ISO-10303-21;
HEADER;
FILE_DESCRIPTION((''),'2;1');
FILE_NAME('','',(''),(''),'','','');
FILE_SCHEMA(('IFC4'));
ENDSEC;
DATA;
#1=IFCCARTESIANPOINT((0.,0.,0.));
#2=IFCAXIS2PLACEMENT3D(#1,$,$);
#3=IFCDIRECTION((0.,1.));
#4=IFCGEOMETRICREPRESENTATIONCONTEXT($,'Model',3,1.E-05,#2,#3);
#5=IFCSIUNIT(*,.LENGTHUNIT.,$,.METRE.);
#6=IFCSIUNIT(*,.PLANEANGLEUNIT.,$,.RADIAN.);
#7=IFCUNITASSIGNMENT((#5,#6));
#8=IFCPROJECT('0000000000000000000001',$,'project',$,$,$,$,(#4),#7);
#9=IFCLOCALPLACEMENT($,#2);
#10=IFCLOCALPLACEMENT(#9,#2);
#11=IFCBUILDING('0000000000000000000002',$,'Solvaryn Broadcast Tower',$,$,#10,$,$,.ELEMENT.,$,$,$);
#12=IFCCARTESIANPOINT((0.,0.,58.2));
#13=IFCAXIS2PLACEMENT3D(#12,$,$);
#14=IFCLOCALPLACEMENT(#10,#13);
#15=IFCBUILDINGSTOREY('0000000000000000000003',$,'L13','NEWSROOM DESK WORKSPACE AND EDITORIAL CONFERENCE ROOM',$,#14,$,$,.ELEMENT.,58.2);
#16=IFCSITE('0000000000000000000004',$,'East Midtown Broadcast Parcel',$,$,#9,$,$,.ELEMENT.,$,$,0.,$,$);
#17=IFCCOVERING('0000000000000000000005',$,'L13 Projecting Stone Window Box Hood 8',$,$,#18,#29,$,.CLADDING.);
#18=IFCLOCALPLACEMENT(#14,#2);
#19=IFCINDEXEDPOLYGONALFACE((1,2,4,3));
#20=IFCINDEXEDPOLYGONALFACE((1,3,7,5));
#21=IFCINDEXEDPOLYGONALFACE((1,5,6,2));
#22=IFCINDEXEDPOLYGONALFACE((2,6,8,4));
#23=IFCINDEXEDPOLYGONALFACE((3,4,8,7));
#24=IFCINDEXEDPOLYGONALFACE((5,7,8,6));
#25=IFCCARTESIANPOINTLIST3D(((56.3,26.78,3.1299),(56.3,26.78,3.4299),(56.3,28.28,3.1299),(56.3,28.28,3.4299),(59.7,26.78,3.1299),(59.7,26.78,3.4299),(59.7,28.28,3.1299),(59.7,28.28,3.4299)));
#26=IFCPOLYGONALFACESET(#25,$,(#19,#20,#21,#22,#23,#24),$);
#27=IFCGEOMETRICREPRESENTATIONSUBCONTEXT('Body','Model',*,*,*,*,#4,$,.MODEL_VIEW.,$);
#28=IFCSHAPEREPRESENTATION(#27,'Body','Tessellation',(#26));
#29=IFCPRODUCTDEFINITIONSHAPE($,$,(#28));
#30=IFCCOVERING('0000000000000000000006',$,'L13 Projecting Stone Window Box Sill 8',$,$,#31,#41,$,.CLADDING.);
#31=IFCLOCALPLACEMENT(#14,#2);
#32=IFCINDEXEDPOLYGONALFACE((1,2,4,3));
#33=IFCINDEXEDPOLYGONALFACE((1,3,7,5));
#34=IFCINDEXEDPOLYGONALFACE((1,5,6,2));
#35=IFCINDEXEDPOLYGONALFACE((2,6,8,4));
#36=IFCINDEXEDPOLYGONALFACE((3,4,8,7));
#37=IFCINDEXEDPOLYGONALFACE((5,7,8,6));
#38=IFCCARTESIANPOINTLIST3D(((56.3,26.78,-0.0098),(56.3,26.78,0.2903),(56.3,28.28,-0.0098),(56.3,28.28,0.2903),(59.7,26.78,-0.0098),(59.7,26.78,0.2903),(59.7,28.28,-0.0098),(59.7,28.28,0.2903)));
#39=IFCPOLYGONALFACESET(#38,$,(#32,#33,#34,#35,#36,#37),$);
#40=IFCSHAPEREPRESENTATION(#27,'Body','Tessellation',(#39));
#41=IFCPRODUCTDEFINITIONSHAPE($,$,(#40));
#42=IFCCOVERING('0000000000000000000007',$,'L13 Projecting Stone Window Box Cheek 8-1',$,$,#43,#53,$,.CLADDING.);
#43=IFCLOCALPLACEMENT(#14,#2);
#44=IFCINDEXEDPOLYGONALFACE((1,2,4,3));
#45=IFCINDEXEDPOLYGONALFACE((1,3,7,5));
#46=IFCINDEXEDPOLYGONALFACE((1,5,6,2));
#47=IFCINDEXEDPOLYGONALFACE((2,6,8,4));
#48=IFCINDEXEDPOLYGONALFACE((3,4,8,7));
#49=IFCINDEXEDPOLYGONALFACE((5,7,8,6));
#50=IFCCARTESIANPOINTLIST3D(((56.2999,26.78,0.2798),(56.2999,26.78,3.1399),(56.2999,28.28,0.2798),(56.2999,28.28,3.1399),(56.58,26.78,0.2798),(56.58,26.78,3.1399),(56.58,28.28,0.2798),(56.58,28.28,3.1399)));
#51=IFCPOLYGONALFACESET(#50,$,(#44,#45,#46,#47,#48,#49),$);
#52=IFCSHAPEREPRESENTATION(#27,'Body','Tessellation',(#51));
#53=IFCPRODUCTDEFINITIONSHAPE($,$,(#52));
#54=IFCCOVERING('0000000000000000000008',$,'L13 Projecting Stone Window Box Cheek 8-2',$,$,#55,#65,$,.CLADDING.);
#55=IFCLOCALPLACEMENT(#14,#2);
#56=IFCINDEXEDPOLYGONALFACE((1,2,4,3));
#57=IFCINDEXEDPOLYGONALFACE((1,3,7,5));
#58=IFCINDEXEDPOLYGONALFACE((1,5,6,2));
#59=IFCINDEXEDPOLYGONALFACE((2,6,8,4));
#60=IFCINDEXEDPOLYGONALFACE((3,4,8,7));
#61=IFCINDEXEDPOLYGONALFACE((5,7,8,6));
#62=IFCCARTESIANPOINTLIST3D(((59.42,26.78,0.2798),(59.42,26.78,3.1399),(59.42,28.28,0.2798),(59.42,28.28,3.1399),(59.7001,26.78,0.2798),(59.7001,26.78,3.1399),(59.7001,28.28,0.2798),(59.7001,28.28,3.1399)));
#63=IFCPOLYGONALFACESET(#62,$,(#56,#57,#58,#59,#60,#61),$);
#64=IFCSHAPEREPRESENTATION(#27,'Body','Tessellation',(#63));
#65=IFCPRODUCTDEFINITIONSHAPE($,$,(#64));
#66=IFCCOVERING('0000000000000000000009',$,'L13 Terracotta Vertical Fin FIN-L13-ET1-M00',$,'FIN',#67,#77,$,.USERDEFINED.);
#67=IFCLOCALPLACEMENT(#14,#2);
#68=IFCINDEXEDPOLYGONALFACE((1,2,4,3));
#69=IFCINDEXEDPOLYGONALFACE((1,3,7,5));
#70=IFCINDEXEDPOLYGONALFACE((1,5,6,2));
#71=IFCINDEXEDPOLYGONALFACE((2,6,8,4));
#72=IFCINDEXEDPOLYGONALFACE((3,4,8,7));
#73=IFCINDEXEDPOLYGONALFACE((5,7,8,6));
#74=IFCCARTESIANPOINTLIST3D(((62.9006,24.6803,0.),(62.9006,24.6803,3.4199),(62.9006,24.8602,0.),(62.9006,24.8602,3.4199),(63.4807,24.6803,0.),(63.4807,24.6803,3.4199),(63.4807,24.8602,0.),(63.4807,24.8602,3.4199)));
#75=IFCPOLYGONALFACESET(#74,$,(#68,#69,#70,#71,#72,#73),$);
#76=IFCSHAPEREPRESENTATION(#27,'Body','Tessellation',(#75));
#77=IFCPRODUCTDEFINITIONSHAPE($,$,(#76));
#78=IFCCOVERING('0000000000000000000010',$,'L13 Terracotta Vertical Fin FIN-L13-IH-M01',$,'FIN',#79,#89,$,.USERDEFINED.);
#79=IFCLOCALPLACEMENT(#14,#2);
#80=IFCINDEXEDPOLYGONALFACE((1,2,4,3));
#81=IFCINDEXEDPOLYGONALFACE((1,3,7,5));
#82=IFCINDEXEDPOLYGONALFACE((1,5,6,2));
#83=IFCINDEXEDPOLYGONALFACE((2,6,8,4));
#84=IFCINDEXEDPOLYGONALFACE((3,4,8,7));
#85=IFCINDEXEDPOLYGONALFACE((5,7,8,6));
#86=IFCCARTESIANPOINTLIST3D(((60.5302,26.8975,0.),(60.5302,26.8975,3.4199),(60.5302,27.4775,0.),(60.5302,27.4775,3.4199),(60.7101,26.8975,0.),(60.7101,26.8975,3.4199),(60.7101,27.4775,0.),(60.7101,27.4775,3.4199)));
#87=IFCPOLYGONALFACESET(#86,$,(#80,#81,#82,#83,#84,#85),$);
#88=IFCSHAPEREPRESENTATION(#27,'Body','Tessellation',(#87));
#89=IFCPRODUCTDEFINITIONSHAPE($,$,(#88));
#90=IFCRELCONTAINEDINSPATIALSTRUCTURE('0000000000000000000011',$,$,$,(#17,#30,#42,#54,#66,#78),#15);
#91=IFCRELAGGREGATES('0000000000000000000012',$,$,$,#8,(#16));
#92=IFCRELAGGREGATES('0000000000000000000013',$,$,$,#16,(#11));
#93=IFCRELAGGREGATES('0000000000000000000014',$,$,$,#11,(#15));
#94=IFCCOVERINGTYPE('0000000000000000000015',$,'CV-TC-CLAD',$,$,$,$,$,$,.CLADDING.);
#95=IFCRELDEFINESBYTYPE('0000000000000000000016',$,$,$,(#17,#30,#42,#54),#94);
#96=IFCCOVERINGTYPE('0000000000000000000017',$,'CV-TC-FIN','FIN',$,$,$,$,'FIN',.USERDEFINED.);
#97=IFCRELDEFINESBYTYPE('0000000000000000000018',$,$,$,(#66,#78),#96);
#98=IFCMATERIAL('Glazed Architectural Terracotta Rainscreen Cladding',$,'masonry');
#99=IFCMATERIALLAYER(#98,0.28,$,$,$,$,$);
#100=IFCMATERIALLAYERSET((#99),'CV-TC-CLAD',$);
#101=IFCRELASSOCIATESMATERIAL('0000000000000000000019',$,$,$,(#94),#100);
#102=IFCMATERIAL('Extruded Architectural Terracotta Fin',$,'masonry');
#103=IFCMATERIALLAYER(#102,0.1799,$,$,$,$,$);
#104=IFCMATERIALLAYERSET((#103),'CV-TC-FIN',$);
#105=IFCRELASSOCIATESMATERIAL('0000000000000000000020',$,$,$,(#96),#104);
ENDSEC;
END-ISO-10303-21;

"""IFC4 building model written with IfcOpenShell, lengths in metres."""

from ifc_helpers import new_model, si_unit, direction, frame, origin, origin_2d, place, context, subcontext, project, spatial, rectangle, extrude, material, layer, layer_set, type_object, element, save


model = new_model("IFC4")

# Units and contexts
model_context = context("Model", 3, precision=1e-05, world=origin(), true_north=direction((0.0, 1.0)))
body_context = subcontext(model_context, "Body", "Model", "MODEL_VIEW")
ifc_project = project(units=[si_unit("LENGTHUNIT", "METRE"), si_unit("PLANEANGLEUNIT", "RADIAN")], contexts=[model_context])

# Site, building, storey
site_placement = place(None, origin())
site = spatial("IfcSite", under=ifc_project, at=site_placement, Name="East Midtown Broadcast Parcel", CompositionType="ELEMENT", RefElevation=0.0)
building_placement = place(site_placement, origin())
building = spatial("IfcBuilding", under=site, at=building_placement, Name="Solvaryn Broadcast Tower", CompositionType="ELEMENT")
storey_placement = place(building_placement, frame((0.0, 0.0, 58.2)))
storey = spatial("IfcBuildingStorey", under=building, at=storey_placement, Name="L13", Description="NEWSROOM DESK WORKSPACE AND EDITORIAL CONFERENCE ROOM", CompositionType="ELEMENT", Elevation=58.2)

# Coverings
ifc_material_1 = material(Name="Glazed Architectural Terracotta Rainscreen Cladding", Category="masonry")
ifc_layer_1 = layer(ifc_material_1, 0.28)
ifc_layer_set_1 = layer_set([ifc_layer_1], Name="CV-TC-CLAD")
covering_type_1 = type_object("IfcCoveringType", Name="CV-TC-CLAD", PredefinedType="CLADDING", material=ifc_layer_set_1)
for number, where, z_axis, x_axis, name in (
    (1, (58.0, 27.53, 3.1299), (0.0, 0.0, 1.0), (1.0, 0.0, 0.0), "L13 Projecting Stone Window Box Hood 8"),
    (2, (58.0, 27.53, -0.0098), (0.0, 0.0, 1.0), (1.0, 0.0, 0.0), "L13 Projecting Stone Window Box Sill 8"),
):
    element("IfcCovering", number, at=place(storey_placement, frame(where, z_axis=z_axis, x_axis=x_axis)), inside=storey, type_object=covering_type_1, Name=name, PredefinedType="CLADDING", context=body_context, shape_type="SweptSolid", body=[
        extrude(rectangle(XDim=3.3999, YDim=1.5, at=origin_2d()), origin(), (0.0, 0.0, 1.0), 0.3),
    ])
for number, where, z_axis, x_axis, name in (
    (3, (56.4399, 27.53, 0.2798), (0.0, 0.0, 1.0), (1.0, 0.0, 0.0), "L13 Projecting Stone Window Box Cheek 8-1"),
    (4, (59.5601, 27.53, 0.2798), (0.0, 0.0, 1.0), (1.0, 0.0, 0.0), "L13 Projecting Stone Window Box Cheek 8-2"),
):
    element("IfcCovering", number, at=place(storey_placement, frame(where, z_axis=z_axis, x_axis=x_axis)), inside=storey, type_object=covering_type_1, Name=name, PredefinedType="CLADDING", context=body_context, shape_type="SweptSolid", body=[
        extrude(rectangle(XDim=0.28, YDim=1.5, at=origin_2d()), origin(), (0.0, 0.0, 1.0), 2.8601),
    ])
ifc_material_2 = material(Name="Extruded Architectural Terracotta Fin", Category="masonry")
ifc_layer_2 = layer(ifc_material_2, 0.1799)
ifc_layer_set_2 = layer_set([ifc_layer_2], Name="CV-TC-FIN")
covering_type_2 = type_object("IfcCoveringType", Name="CV-TC-FIN", Description="FIN", ElementType="FIN", PredefinedType="USERDEFINED", material=ifc_layer_set_2)
covering_1_placement = place(storey_placement, frame((63.1907, 24.7703, 0.0), z_axis=(0.0, 0.0, 1.0), x_axis=(1.0, 0.0, 0.0)))
element("IfcCovering", 5, at=covering_1_placement, inside=storey, type_object=covering_type_2, Name="L13 Terracotta Vertical Fin FIN-L13-ET1-M00", ObjectType="FIN", PredefinedType="USERDEFINED", context=body_context, shape_type="SweptSolid", body=[
    extrude(rectangle(XDim=0.5801, YDim=0.1799, at=origin_2d()), origin(), (0.0, 0.0, 1.0), 3.4199),
])
covering_2_placement = place(storey_placement, frame((60.6201, 27.1875, 0.0), z_axis=(0.0, 0.0, 1.0), x_axis=(1.0, 0.0, 0.0)))
element("IfcCovering", 6, at=covering_2_placement, inside=storey, type_object=covering_type_2, Name="L13 Terracotta Vertical Fin FIN-L13-IH-M01", ObjectType="FIN", PredefinedType="USERDEFINED", context=body_context, shape_type="SweptSolid", body=[
    extrude(rectangle(XDim=0.1799, YDim=0.5801, at=origin_2d()), origin(), (0.0, 0.0, 1.0), 3.4199),
])

save(model, "model.ifc")
